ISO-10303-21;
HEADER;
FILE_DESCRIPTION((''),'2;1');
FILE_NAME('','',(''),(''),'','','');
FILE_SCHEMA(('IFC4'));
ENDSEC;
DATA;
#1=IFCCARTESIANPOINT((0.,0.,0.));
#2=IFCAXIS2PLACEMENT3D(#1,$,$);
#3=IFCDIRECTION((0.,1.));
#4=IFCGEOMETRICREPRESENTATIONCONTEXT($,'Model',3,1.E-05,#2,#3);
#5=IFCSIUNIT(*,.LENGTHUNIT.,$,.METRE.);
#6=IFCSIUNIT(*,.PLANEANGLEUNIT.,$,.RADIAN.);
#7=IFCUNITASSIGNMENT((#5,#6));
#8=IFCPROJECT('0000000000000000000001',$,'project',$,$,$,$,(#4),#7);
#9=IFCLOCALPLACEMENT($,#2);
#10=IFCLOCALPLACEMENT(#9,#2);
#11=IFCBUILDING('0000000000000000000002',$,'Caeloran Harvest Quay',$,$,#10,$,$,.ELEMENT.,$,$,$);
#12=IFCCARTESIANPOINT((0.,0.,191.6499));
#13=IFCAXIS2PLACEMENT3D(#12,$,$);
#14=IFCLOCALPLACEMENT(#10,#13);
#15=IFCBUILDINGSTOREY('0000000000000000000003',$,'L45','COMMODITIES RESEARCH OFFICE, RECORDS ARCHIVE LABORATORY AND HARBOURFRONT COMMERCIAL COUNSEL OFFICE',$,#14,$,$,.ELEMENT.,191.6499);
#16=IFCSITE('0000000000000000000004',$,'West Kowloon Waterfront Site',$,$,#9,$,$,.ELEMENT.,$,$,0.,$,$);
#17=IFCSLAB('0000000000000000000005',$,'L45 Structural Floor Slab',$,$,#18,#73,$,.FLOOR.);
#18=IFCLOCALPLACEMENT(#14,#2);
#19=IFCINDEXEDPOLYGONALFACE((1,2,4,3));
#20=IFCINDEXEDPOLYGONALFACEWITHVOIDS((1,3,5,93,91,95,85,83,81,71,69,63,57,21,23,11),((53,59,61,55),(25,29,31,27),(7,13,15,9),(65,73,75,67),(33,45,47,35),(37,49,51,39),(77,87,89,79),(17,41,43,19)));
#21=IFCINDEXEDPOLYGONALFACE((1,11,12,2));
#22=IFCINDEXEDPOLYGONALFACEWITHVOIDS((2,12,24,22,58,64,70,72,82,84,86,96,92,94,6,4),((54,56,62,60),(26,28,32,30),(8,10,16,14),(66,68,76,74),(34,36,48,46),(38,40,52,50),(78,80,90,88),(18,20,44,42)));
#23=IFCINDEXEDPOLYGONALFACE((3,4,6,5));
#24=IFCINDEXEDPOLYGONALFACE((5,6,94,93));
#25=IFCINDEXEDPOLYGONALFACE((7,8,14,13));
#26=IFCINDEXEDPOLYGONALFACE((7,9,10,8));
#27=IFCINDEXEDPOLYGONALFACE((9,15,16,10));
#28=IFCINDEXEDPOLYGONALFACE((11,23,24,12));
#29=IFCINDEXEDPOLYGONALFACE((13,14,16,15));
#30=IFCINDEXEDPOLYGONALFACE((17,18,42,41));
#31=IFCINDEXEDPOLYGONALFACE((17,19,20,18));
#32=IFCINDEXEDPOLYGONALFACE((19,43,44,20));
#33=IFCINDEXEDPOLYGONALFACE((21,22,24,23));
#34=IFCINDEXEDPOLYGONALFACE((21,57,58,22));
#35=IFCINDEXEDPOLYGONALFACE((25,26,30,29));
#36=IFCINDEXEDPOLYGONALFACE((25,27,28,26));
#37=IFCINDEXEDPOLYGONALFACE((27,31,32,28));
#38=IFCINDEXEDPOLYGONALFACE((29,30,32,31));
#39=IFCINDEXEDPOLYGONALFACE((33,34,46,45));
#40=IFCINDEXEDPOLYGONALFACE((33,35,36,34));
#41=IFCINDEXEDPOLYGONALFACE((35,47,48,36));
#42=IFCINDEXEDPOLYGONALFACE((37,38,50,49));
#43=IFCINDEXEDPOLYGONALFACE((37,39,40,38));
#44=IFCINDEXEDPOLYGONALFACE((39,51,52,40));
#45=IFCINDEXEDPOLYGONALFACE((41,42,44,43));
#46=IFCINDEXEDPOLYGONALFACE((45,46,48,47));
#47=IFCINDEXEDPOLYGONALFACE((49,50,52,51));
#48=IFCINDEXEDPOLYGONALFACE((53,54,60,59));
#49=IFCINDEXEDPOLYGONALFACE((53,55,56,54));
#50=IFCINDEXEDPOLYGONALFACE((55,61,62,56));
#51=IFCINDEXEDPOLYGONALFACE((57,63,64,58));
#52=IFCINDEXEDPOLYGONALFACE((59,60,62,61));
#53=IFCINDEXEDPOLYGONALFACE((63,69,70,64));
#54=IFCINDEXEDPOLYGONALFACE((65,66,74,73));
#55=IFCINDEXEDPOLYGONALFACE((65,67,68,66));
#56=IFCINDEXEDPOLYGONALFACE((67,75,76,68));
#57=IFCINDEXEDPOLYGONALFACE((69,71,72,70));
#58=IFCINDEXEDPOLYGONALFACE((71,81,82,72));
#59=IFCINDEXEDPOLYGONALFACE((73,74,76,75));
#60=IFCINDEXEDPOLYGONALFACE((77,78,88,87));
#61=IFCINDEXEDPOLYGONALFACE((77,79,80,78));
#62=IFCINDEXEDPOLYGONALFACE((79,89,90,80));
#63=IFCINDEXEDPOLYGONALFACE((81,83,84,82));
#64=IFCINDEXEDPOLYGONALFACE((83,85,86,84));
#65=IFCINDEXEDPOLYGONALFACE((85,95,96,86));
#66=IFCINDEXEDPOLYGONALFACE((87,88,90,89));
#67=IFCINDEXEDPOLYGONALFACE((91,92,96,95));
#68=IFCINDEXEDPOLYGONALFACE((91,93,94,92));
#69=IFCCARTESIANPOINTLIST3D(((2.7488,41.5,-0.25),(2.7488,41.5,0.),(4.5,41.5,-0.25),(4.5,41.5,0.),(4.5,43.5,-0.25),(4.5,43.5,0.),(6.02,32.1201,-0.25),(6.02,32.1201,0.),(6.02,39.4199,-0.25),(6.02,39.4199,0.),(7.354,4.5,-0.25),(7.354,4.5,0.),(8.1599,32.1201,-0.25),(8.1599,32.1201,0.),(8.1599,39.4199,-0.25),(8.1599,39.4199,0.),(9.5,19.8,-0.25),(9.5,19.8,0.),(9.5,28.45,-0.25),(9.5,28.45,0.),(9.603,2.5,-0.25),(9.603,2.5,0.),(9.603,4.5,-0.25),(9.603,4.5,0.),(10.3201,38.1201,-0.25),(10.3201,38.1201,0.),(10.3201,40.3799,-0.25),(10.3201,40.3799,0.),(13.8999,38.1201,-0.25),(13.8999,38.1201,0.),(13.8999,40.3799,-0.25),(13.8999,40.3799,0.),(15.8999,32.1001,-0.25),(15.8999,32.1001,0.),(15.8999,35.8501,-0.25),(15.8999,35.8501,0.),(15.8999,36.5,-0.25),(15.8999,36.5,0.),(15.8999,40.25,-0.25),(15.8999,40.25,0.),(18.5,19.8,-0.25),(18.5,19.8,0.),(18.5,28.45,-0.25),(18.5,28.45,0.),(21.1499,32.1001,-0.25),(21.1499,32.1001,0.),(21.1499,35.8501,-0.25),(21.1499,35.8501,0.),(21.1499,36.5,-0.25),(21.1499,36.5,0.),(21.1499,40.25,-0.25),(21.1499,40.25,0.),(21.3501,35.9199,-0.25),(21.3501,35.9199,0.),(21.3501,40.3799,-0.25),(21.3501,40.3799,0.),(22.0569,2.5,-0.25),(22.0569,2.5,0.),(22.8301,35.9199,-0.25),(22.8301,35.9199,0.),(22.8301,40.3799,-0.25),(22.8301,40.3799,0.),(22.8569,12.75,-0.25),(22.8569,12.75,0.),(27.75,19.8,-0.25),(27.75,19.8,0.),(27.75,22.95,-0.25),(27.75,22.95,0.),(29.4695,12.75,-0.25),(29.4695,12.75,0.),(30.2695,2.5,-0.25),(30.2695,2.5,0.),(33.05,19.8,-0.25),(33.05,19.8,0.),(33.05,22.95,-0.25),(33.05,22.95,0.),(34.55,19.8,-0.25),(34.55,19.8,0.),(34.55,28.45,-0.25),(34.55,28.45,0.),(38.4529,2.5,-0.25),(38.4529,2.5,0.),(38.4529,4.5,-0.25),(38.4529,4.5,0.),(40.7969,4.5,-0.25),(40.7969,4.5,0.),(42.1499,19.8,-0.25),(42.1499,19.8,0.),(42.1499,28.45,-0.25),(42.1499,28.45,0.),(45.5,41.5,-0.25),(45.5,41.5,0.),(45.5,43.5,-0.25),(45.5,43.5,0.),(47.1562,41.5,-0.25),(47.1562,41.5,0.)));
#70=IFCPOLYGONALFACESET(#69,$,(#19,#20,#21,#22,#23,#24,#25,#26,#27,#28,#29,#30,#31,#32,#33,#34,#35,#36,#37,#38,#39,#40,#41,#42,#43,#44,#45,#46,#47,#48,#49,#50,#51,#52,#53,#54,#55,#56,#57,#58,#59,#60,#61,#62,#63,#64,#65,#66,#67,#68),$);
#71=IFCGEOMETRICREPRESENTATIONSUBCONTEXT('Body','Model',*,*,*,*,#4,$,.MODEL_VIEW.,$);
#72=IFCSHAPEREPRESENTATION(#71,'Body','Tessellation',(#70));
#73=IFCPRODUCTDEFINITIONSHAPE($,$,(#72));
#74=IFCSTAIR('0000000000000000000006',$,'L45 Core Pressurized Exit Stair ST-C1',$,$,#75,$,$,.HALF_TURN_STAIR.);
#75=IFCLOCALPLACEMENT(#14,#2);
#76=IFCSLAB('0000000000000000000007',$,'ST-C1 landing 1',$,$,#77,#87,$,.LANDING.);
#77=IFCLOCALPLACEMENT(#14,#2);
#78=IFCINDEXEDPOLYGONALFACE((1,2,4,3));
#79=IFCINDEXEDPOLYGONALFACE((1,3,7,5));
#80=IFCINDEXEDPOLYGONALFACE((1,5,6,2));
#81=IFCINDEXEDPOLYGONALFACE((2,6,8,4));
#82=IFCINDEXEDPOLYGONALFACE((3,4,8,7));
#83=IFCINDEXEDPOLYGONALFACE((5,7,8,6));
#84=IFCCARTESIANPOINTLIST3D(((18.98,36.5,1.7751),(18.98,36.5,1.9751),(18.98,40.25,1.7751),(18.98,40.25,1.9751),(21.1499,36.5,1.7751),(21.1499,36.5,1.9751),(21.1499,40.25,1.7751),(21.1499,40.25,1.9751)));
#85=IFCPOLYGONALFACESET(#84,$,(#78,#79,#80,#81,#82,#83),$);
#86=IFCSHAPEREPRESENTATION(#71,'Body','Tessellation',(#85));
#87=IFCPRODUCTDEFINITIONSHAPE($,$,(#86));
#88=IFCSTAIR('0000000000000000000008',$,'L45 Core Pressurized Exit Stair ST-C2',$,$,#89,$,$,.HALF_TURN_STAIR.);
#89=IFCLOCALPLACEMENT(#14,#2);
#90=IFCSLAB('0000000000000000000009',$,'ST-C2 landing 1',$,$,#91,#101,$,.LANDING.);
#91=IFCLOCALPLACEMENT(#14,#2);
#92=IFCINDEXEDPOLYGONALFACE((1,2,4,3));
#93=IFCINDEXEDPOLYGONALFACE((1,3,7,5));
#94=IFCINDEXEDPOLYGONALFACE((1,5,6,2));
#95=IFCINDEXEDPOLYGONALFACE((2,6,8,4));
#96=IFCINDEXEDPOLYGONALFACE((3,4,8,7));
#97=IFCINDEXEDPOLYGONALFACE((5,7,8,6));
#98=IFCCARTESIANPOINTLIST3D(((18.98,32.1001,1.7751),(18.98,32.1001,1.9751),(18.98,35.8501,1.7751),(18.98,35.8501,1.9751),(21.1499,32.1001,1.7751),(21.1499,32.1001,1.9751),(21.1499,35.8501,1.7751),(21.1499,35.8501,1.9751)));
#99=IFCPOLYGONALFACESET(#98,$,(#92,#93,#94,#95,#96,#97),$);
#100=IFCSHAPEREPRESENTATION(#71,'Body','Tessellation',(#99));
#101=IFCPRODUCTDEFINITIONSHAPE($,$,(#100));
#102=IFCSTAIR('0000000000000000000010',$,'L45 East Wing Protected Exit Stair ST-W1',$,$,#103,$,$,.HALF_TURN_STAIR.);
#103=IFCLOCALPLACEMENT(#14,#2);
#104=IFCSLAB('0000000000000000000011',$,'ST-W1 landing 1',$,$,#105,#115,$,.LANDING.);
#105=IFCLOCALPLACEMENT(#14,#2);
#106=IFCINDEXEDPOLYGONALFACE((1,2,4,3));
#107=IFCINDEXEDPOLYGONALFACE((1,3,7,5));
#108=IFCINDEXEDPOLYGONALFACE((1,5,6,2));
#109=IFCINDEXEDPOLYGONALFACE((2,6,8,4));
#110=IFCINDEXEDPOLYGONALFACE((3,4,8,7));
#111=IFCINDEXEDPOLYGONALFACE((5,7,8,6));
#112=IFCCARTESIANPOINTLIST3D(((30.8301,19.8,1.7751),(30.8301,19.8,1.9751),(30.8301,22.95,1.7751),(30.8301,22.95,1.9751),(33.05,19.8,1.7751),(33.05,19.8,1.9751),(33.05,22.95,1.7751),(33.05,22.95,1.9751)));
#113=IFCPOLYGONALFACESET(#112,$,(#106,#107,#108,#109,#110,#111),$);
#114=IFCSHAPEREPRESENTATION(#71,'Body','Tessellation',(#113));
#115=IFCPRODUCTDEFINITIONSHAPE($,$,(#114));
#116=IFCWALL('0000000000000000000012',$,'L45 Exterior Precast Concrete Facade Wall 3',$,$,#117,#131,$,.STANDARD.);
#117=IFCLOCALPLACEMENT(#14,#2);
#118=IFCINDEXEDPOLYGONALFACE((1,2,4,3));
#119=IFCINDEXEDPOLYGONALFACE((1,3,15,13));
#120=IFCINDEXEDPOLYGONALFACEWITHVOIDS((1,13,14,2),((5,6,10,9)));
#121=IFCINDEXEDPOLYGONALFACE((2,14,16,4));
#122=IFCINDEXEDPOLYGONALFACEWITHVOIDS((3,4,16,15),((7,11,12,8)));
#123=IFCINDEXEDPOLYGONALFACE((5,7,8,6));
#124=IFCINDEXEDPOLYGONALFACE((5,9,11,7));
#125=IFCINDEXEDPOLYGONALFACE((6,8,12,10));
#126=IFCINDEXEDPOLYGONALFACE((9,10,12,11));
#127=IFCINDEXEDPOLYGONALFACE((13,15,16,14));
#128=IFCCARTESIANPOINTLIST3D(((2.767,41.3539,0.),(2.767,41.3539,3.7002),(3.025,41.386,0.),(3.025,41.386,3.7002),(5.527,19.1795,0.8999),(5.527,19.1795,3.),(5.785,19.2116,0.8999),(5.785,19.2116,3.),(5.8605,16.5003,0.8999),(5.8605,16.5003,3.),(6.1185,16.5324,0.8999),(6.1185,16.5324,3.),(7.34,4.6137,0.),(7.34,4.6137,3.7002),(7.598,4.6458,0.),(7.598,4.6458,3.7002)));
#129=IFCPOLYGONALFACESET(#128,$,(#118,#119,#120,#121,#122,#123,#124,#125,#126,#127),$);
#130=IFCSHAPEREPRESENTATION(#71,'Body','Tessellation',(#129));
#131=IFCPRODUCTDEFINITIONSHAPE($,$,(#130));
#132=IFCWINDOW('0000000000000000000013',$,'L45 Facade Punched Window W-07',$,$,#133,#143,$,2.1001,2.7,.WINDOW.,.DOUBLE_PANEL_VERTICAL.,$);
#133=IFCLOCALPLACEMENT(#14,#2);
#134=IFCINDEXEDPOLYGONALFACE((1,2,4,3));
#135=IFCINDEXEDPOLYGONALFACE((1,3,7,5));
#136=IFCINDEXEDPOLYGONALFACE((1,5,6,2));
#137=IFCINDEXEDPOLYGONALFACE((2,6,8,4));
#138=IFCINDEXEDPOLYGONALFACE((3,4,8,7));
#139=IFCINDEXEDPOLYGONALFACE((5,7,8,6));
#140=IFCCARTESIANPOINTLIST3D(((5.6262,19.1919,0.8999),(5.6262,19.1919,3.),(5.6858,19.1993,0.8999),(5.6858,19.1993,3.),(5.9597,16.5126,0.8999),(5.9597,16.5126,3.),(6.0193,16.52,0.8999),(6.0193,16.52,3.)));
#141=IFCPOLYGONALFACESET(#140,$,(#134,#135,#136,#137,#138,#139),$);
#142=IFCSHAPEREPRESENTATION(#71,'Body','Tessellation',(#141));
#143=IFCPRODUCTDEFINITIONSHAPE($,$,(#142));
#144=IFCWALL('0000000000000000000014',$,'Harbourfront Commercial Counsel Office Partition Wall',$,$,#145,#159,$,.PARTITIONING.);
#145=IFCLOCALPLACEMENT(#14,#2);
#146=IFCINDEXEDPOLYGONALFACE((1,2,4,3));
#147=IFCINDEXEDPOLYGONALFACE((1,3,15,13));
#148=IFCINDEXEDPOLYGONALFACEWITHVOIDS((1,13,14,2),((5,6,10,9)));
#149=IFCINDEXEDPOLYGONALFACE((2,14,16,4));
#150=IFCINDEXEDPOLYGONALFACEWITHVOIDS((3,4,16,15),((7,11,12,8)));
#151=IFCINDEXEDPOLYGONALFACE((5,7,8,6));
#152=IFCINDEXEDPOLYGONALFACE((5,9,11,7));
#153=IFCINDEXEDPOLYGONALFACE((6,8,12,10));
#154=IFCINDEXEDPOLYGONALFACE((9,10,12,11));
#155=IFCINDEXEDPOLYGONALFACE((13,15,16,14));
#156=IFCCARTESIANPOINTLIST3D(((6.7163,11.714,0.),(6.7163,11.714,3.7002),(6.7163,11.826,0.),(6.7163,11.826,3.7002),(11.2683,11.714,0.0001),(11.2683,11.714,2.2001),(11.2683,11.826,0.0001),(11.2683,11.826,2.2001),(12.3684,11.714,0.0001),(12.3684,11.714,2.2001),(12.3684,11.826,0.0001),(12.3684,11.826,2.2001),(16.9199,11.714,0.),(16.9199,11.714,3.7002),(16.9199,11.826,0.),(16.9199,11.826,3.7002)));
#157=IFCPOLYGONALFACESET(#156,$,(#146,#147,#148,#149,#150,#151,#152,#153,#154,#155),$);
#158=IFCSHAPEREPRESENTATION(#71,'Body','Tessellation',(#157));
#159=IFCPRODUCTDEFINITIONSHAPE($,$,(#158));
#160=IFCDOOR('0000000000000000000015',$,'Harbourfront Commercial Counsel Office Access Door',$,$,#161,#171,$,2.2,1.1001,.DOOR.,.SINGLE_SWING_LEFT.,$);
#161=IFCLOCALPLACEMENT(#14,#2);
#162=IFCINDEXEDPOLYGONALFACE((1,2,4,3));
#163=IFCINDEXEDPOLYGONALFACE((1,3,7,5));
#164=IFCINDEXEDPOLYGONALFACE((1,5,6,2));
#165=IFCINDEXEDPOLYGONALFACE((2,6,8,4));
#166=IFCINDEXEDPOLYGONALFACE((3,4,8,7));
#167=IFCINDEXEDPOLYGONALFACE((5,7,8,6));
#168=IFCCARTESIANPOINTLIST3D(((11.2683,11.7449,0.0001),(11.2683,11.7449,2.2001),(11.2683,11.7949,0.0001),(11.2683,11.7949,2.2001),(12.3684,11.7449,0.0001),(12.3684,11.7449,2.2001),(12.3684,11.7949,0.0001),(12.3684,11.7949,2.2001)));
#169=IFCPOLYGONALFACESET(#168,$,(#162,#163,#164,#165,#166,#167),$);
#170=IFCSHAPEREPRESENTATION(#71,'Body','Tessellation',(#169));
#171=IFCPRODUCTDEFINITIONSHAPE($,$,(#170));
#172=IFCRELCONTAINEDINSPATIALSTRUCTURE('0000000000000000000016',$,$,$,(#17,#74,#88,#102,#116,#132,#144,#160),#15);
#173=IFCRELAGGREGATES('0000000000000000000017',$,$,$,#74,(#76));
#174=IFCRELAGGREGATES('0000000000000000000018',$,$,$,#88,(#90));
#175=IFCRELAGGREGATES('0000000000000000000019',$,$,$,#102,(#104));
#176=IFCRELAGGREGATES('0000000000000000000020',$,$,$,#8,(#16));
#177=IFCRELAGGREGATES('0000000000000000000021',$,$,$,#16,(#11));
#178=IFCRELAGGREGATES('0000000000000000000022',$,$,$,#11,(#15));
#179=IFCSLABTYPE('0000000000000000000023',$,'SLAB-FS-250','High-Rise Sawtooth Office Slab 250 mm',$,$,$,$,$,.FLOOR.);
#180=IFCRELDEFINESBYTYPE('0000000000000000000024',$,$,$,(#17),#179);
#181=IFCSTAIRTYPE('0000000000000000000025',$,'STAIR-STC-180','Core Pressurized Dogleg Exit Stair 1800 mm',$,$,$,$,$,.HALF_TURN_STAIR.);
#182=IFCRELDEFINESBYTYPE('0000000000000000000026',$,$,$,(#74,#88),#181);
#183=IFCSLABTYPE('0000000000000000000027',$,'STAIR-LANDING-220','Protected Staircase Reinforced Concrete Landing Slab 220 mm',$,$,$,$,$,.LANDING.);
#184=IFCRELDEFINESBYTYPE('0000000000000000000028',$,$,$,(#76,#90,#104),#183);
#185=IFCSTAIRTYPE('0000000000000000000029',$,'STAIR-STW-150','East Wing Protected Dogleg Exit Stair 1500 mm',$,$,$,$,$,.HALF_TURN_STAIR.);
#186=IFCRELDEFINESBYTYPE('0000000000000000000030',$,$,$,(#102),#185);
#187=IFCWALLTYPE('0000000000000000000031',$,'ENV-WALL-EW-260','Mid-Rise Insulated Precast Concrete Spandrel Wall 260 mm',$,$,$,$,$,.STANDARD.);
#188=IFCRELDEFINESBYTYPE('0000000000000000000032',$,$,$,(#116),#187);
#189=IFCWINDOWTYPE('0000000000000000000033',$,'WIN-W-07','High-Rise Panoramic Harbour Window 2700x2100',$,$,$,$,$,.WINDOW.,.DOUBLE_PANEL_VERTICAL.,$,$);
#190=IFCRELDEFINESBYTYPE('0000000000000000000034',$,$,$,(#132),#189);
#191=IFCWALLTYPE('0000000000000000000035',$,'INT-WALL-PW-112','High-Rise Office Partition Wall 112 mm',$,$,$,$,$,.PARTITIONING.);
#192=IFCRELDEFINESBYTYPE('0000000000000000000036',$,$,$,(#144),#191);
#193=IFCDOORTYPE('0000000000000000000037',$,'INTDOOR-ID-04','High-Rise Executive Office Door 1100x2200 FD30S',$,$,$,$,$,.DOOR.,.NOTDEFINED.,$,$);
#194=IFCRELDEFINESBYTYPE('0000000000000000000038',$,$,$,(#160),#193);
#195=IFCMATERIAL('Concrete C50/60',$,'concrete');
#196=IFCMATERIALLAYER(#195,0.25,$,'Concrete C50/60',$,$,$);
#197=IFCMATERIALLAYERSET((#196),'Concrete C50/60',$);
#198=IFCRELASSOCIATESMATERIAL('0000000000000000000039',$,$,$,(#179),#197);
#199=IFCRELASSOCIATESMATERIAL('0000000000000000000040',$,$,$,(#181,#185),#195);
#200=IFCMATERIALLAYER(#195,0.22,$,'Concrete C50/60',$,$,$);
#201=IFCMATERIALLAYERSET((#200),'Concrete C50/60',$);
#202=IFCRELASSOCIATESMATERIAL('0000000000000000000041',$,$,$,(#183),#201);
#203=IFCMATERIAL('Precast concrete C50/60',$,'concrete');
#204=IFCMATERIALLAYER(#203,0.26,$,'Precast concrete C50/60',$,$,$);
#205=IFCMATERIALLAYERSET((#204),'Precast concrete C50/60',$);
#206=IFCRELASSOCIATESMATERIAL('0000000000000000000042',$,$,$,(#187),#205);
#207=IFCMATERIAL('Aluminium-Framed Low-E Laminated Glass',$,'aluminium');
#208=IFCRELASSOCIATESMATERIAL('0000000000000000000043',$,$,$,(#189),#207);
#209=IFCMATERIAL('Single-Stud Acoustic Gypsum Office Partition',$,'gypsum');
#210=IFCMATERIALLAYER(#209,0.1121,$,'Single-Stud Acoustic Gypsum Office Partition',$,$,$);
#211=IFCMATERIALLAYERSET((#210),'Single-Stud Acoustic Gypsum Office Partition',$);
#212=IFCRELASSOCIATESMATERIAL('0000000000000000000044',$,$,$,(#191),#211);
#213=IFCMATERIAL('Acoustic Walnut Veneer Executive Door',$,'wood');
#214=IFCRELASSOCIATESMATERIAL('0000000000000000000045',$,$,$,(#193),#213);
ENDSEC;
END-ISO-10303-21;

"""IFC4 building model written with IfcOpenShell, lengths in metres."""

from ifc_helpers import new_model, si_unit, direction, frame, frame_2d, origin, place, context, subcontext, project, spatial, polyline, rectangle, outline, extrude, material, layer, layer_set, type_object, element, fill, aggregate, save


model = new_model("IFC4")

# Units and contexts
model_context = context("Model", 3, precision=1e-05, world=origin(), true_north=direction((0.0, 1.0)))
body_context = subcontext(model_context, "Body", "Model", "MODEL_VIEW")
ifc_project = project(units=[si_unit("LENGTHUNIT", "METRE"), si_unit("PLANEANGLEUNIT", "RADIAN")], contexts=[model_context])

# Site, building, storey
site_placement = place(None, origin())
site = spatial("IfcSite", under=ifc_project, at=site_placement, Name="West Kowloon Waterfront Site", CompositionType="ELEMENT", RefElevation=0.0)
building_placement = place(site_placement, origin())
building = spatial("IfcBuilding", under=site, at=building_placement, Name="Caeloran Harvest Quay", CompositionType="ELEMENT")
storey_placement = place(building_placement, frame((0.0, 0.0, 191.6499)))
storey = spatial("IfcBuildingStorey", under=building, at=storey_placement, Name="L45", Description="COMMODITIES RESEARCH OFFICE, RECORDS ARCHIVE LABORATORY AND HARBOURFRONT COMMERCIAL COUNSEL OFFICE", CompositionType="ELEMENT", Elevation=191.6499)

# Slab
ifc_material_1 = material(Name="Concrete C50/60", Category="concrete")
ifc_layer_1 = layer(ifc_material_1, 0.25, Name="Concrete C50/60")
ifc_layer_set_1 = layer_set([ifc_layer_1], Name="Concrete C50/60")
slab_type_1 = type_object("IfcSlabType", Name="SLAB-FS-250", Description="High-Rise Sawtooth Office Slab 250 mm", PredefinedType="FLOOR", material=ifc_layer_set_1)
slab_1_placement = place(storey_placement, frame((0.0, 0.0, -0.25)))
element("IfcSlab", 1, at=slab_1_placement, inside=storey, type_object=slab_type_1, Name="L45 Structural Floor Slab", PredefinedType="FLOOR", context=body_context, shape_type="SweptSolid", body=[
    extrude(outline(polyline([(9.603, 2.5), (22.0569, 2.5), (22.8569, 12.75), (29.4695, 12.75), (30.2695, 2.5), (38.4529, 2.5), (38.4529, 4.5), (40.7969, 4.5), (47.1562, 41.5), (45.5, 41.5), (45.5, 43.5), (4.5, 43.5), (4.5, 41.5), (2.7488, 41.5), (7.354, 4.5), (9.603, 4.5), (9.603, 2.5)]), holes=[polyline([(27.75, 19.8), (27.75, 22.95), (33.05, 22.95), (33.05, 19.8), (27.75, 19.8)]), polyline([(18.5, 19.8), (9.5, 19.8), (9.5, 28.45), (18.5, 28.45), (18.5, 19.8)]), polyline([(42.1499, 19.8), (34.55, 19.8), (34.55, 28.45), (42.1499, 28.45), (42.1499, 19.8)]), polyline([(15.8999, 32.1001), (15.8999, 35.8501), (21.1499, 35.8501), (21.1499, 32.1001), (15.8999, 32.1001)]), polyline([(8.1599, 32.1201), (6.02, 32.1201), (6.02, 39.4199), (8.1599, 39.4199), (8.1599, 32.1201)]), polyline([(22.8301, 35.9199), (21.3501, 35.9199), (21.3501, 40.3799), (22.8301, 40.3799), (22.8301, 35.9199)]), polyline([(15.8999, 36.5), (15.8999, 40.25), (21.1499, 40.25), (21.1499, 36.5), (15.8999, 36.5)]), polyline([(13.8999, 38.1201), (10.3201, 38.1201), (10.3201, 40.3799), (13.8999, 40.3799), (13.8999, 38.1201)])]), origin(), (0.0, 0.0, 1.0), 0.25),
])

# Stairs, slabs
stair_type_1 = type_object("IfcStairType", Name="STAIR-STC-180", Description="Core Pressurized Dogleg Exit Stair 1800 mm", PredefinedType="HALF_TURN_STAIR", material=ifc_material_1)
stair_1_placement = place(storey_placement, origin())
stair_1 = element("IfcStair", 2, at=stair_1_placement, inside=storey, type_object=stair_type_1, Name="L45 Core Pressurized Exit Stair ST-C1", PredefinedType="HALF_TURN_STAIR")
ifc_layer_2 = layer(ifc_material_1, 0.22, Name="Concrete C50/60")
ifc_layer_set_2 = layer_set([ifc_layer_2], Name="Concrete C50/60")
slab_type_2 = type_object("IfcSlabType", Name="STAIR-LANDING-220", Description="Protected Staircase Reinforced Concrete Landing Slab 220 mm", PredefinedType="LANDING", material=ifc_layer_set_2)
slab_2_placement = place(storey_placement, frame((0.0, 0.0, 1.7751)))
slab_2 = element("IfcSlab", 3, at=slab_2_placement, type_object=slab_type_2, Name="ST-C1 landing 1", PredefinedType="LANDING", context=body_context, shape_type="SweptSolid", body=[
    extrude(outline(polyline([(18.98, 36.5), (21.1499, 36.5), (21.1499, 40.25), (18.98, 40.25), (18.98, 36.5)])), origin(), (0.0, 0.0, 1.0), 0.2),
])
aggregate(stair_1, [slab_2])
stair_2_placement = place(storey_placement, origin())
stair_2 = element("IfcStair", 4, at=stair_2_placement, inside=storey, type_object=stair_type_1, Name="L45 Core Pressurized Exit Stair ST-C2", PredefinedType="HALF_TURN_STAIR")
slab_3_placement = place(storey_placement, frame((0.0, 0.0, 1.7751)))
slab_3 = element("IfcSlab", 5, at=slab_3_placement, type_object=slab_type_2, Name="ST-C2 landing 1", PredefinedType="LANDING", context=body_context, shape_type="SweptSolid", body=[
    extrude(outline(polyline([(18.98, 32.1001), (21.1499, 32.1001), (21.1499, 35.8501), (18.98, 35.8501), (18.98, 32.1001)])), origin(), (0.0, 0.0, 1.0), 0.2),
])
aggregate(stair_2, [slab_3])
stair_type_2 = type_object("IfcStairType", Name="STAIR-STW-150", Description="East Wing Protected Dogleg Exit Stair 1500 mm", PredefinedType="HALF_TURN_STAIR", material=ifc_material_1)
stair_3_placement = place(storey_placement, origin())
stair_3 = element("IfcStair", 6, at=stair_3_placement, inside=storey, type_object=stair_type_2, Name="L45 East Wing Protected Exit Stair ST-W1", PredefinedType="HALF_TURN_STAIR")
slab_4_placement = place(storey_placement, frame((0.0, 0.0, 1.7751)))
slab_4 = element("IfcSlab", 7, at=slab_4_placement, type_object=slab_type_2, Name="ST-W1 landing 1", PredefinedType="LANDING", context=body_context, shape_type="SweptSolid", body=[
    extrude(outline(polyline([(30.8301, 19.8), (33.05, 19.8), (33.05, 22.95), (30.8301, 22.95), (30.8301, 19.8)])), origin(), (0.0, 0.0, 1.0), 0.2),
])
aggregate(stair_3, [slab_4])

# Wall, opening, window
ifc_material_2 = material(Name="Precast concrete C50/60", Category="concrete")
ifc_layer_3 = layer(ifc_material_2, 0.26, Name="Precast concrete C50/60")
ifc_layer_set_3 = layer_set([ifc_layer_3], Name="Precast concrete C50/60")
wall_type_1 = type_object("IfcWallType", Name="ENV-WALL-EW-260", Description="Mid-Rise Insulated Precast Concrete Spandrel Wall 260 mm", PredefinedType="STANDARD", material=ifc_layer_set_3)
wall_1_placement = place(storey_placement, frame((7.469, 4.6299, 0.0), z_axis=(0.0, 0.0, 1.0), x_axis=(-0.123515, 0.992343, 0.0)))
wall_1 = element("IfcWall", 8, at=wall_1_placement, inside=storey, type_object=wall_type_1, Name="L45 Exterior Precast Concrete Facade Wall 3", PredefinedType="STANDARD", context=body_context, shape_type="SweptSolid", body=[
    extrude(rectangle(XDim=37.0237, YDim=0.26, at=frame_2d((18.5117, 0.0))), origin(), (0.0, 0.0, 1.0), 3.7002),
])
opening_1_placement = place(wall_1_placement, frame((11.978, 0.0, 0.8999)))
opening_1 = element("IfcOpeningElement", 9, at=opening_1_placement, cuts=wall_1, PredefinedType="OPENING", context=body_context, shape_type="SweptSolid", body=[
    extrude(rectangle(XDim=2.7, YDim=2.1001, at=frame_2d((1.3501, 1.05))), frame((0.0, 0.1401, 0.0), z_axis=(0.0, -1.0, 0.0), x_axis=(1.0, 0.0, 0.0)), (0.0, 0.0, 1.0), 0.28),
])
ifc_material_3 = material(Name="Aluminium-Framed Low-E Laminated Glass", Category="aluminium")
window_type = type_object("IfcWindowType", Name="WIN-W-07", Description="High-Rise Panoramic Harbour Window 2700x2100", PartitioningType="DOUBLE_PANEL_VERTICAL", PredefinedType="WINDOW", material=ifc_material_3)
window_placement = place(opening_1_placement, origin())
window = element("IfcWindow", 10, at=window_placement, inside=storey, type_object=window_type, Name="L45 Facade Punched Window W-07", OverallHeight=2.1001, OverallWidth=2.7, PartitioningType="DOUBLE_PANEL_VERTICAL", PredefinedType="WINDOW", context=body_context, shape_type="SweptSolid", body=[
    extrude(rectangle(XDim=2.7, YDim=2.1001, at=frame_2d((1.3501, 1.05))), frame((0.0, 0.03, 0.0), z_axis=(0.0, -1.0, 0.0), x_axis=(1.0, 0.0, 0.0)), (0.0, 0.0, 1.0), 0.0601),
])
fill(opening_1, window)

# Wall, opening, door
ifc_material_4 = material(Name="Single-Stud Acoustic Gypsum Office Partition", Category="gypsum")
ifc_layer_4 = layer(ifc_material_4, 0.1121, Name="Single-Stud Acoustic Gypsum Office Partition")
ifc_layer_set_4 = layer_set([ifc_layer_4], Name="Single-Stud Acoustic Gypsum Office Partition")
wall_type_2 = type_object("IfcWallType", Name="INT-WALL-PW-112", Description="High-Rise Office Partition Wall 112 mm", PredefinedType="PARTITIONING", material=ifc_layer_set_4)
wall_2_placement = place(storey_placement, frame((6.7163, 11.77, 0.0), z_axis=(0.0, 0.0, 1.0), x_axis=(1.0, 0.0, 0.0)))
wall_2 = element("IfcWall", 11, at=wall_2_placement, inside=storey, type_object=wall_type_2, Name="Harbourfront Commercial Counsel Office Partition Wall", PredefinedType="PARTITIONING", context=body_context, shape_type="SweptSolid", body=[
    extrude(rectangle(XDim=10.2036, YDim=0.1121, at=frame_2d((5.1018, 0.0))), origin(), (0.0, 0.0, 1.0), 3.7002),
])
opening_2_placement = place(wall_2_placement, frame((4.552, 0.0, 0.0)))
opening_2 = element("IfcOpeningElement", 12, at=opening_2_placement, cuts=wall_2, PredefinedType="OPENING", context=body_context, shape_type="SweptSolid", body=[
    extrude(rectangle(XDim=1.1001, YDim=2.2, at=frame_2d((0.55, 1.1001))), frame((0.0, 0.0659, 0.0), z_axis=(0.0, -1.0, 0.0), x_axis=(1.0, 0.0, 0.0)), (0.0, 0.0, 1.0), 0.1321),
])
ifc_material_5 = material(Name="Acoustic Walnut Veneer Executive Door", Category="wood")
door_type = type_object("IfcDoorType", Name="INTDOOR-ID-04", Description="High-Rise Executive Office Door 1100x2200 FD30S", OperationType="NOTDEFINED", PredefinedType="DOOR", material=ifc_material_5)
door_placement = place(opening_2_placement, origin())
door = element("IfcDoor", 13, at=door_placement, inside=storey, type_object=door_type, Name="Harbourfront Commercial Counsel Office Access Door", OperationType="SINGLE_SWING_LEFT", OverallHeight=2.2, OverallWidth=1.1001, PredefinedType="DOOR", context=body_context, shape_type="SweptSolid", body=[
    extrude(rectangle(XDim=1.1001, YDim=2.2, at=frame_2d((0.55, 1.1001))), frame((0.0, 0.0249, 0.0), z_axis=(0.0, -1.0, 0.0), x_axis=(1.0, 0.0, 0.0)), (0.0, 0.0, 1.0), 0.05),
])
fill(opening_2, door)

save(model, "model.ifc")
